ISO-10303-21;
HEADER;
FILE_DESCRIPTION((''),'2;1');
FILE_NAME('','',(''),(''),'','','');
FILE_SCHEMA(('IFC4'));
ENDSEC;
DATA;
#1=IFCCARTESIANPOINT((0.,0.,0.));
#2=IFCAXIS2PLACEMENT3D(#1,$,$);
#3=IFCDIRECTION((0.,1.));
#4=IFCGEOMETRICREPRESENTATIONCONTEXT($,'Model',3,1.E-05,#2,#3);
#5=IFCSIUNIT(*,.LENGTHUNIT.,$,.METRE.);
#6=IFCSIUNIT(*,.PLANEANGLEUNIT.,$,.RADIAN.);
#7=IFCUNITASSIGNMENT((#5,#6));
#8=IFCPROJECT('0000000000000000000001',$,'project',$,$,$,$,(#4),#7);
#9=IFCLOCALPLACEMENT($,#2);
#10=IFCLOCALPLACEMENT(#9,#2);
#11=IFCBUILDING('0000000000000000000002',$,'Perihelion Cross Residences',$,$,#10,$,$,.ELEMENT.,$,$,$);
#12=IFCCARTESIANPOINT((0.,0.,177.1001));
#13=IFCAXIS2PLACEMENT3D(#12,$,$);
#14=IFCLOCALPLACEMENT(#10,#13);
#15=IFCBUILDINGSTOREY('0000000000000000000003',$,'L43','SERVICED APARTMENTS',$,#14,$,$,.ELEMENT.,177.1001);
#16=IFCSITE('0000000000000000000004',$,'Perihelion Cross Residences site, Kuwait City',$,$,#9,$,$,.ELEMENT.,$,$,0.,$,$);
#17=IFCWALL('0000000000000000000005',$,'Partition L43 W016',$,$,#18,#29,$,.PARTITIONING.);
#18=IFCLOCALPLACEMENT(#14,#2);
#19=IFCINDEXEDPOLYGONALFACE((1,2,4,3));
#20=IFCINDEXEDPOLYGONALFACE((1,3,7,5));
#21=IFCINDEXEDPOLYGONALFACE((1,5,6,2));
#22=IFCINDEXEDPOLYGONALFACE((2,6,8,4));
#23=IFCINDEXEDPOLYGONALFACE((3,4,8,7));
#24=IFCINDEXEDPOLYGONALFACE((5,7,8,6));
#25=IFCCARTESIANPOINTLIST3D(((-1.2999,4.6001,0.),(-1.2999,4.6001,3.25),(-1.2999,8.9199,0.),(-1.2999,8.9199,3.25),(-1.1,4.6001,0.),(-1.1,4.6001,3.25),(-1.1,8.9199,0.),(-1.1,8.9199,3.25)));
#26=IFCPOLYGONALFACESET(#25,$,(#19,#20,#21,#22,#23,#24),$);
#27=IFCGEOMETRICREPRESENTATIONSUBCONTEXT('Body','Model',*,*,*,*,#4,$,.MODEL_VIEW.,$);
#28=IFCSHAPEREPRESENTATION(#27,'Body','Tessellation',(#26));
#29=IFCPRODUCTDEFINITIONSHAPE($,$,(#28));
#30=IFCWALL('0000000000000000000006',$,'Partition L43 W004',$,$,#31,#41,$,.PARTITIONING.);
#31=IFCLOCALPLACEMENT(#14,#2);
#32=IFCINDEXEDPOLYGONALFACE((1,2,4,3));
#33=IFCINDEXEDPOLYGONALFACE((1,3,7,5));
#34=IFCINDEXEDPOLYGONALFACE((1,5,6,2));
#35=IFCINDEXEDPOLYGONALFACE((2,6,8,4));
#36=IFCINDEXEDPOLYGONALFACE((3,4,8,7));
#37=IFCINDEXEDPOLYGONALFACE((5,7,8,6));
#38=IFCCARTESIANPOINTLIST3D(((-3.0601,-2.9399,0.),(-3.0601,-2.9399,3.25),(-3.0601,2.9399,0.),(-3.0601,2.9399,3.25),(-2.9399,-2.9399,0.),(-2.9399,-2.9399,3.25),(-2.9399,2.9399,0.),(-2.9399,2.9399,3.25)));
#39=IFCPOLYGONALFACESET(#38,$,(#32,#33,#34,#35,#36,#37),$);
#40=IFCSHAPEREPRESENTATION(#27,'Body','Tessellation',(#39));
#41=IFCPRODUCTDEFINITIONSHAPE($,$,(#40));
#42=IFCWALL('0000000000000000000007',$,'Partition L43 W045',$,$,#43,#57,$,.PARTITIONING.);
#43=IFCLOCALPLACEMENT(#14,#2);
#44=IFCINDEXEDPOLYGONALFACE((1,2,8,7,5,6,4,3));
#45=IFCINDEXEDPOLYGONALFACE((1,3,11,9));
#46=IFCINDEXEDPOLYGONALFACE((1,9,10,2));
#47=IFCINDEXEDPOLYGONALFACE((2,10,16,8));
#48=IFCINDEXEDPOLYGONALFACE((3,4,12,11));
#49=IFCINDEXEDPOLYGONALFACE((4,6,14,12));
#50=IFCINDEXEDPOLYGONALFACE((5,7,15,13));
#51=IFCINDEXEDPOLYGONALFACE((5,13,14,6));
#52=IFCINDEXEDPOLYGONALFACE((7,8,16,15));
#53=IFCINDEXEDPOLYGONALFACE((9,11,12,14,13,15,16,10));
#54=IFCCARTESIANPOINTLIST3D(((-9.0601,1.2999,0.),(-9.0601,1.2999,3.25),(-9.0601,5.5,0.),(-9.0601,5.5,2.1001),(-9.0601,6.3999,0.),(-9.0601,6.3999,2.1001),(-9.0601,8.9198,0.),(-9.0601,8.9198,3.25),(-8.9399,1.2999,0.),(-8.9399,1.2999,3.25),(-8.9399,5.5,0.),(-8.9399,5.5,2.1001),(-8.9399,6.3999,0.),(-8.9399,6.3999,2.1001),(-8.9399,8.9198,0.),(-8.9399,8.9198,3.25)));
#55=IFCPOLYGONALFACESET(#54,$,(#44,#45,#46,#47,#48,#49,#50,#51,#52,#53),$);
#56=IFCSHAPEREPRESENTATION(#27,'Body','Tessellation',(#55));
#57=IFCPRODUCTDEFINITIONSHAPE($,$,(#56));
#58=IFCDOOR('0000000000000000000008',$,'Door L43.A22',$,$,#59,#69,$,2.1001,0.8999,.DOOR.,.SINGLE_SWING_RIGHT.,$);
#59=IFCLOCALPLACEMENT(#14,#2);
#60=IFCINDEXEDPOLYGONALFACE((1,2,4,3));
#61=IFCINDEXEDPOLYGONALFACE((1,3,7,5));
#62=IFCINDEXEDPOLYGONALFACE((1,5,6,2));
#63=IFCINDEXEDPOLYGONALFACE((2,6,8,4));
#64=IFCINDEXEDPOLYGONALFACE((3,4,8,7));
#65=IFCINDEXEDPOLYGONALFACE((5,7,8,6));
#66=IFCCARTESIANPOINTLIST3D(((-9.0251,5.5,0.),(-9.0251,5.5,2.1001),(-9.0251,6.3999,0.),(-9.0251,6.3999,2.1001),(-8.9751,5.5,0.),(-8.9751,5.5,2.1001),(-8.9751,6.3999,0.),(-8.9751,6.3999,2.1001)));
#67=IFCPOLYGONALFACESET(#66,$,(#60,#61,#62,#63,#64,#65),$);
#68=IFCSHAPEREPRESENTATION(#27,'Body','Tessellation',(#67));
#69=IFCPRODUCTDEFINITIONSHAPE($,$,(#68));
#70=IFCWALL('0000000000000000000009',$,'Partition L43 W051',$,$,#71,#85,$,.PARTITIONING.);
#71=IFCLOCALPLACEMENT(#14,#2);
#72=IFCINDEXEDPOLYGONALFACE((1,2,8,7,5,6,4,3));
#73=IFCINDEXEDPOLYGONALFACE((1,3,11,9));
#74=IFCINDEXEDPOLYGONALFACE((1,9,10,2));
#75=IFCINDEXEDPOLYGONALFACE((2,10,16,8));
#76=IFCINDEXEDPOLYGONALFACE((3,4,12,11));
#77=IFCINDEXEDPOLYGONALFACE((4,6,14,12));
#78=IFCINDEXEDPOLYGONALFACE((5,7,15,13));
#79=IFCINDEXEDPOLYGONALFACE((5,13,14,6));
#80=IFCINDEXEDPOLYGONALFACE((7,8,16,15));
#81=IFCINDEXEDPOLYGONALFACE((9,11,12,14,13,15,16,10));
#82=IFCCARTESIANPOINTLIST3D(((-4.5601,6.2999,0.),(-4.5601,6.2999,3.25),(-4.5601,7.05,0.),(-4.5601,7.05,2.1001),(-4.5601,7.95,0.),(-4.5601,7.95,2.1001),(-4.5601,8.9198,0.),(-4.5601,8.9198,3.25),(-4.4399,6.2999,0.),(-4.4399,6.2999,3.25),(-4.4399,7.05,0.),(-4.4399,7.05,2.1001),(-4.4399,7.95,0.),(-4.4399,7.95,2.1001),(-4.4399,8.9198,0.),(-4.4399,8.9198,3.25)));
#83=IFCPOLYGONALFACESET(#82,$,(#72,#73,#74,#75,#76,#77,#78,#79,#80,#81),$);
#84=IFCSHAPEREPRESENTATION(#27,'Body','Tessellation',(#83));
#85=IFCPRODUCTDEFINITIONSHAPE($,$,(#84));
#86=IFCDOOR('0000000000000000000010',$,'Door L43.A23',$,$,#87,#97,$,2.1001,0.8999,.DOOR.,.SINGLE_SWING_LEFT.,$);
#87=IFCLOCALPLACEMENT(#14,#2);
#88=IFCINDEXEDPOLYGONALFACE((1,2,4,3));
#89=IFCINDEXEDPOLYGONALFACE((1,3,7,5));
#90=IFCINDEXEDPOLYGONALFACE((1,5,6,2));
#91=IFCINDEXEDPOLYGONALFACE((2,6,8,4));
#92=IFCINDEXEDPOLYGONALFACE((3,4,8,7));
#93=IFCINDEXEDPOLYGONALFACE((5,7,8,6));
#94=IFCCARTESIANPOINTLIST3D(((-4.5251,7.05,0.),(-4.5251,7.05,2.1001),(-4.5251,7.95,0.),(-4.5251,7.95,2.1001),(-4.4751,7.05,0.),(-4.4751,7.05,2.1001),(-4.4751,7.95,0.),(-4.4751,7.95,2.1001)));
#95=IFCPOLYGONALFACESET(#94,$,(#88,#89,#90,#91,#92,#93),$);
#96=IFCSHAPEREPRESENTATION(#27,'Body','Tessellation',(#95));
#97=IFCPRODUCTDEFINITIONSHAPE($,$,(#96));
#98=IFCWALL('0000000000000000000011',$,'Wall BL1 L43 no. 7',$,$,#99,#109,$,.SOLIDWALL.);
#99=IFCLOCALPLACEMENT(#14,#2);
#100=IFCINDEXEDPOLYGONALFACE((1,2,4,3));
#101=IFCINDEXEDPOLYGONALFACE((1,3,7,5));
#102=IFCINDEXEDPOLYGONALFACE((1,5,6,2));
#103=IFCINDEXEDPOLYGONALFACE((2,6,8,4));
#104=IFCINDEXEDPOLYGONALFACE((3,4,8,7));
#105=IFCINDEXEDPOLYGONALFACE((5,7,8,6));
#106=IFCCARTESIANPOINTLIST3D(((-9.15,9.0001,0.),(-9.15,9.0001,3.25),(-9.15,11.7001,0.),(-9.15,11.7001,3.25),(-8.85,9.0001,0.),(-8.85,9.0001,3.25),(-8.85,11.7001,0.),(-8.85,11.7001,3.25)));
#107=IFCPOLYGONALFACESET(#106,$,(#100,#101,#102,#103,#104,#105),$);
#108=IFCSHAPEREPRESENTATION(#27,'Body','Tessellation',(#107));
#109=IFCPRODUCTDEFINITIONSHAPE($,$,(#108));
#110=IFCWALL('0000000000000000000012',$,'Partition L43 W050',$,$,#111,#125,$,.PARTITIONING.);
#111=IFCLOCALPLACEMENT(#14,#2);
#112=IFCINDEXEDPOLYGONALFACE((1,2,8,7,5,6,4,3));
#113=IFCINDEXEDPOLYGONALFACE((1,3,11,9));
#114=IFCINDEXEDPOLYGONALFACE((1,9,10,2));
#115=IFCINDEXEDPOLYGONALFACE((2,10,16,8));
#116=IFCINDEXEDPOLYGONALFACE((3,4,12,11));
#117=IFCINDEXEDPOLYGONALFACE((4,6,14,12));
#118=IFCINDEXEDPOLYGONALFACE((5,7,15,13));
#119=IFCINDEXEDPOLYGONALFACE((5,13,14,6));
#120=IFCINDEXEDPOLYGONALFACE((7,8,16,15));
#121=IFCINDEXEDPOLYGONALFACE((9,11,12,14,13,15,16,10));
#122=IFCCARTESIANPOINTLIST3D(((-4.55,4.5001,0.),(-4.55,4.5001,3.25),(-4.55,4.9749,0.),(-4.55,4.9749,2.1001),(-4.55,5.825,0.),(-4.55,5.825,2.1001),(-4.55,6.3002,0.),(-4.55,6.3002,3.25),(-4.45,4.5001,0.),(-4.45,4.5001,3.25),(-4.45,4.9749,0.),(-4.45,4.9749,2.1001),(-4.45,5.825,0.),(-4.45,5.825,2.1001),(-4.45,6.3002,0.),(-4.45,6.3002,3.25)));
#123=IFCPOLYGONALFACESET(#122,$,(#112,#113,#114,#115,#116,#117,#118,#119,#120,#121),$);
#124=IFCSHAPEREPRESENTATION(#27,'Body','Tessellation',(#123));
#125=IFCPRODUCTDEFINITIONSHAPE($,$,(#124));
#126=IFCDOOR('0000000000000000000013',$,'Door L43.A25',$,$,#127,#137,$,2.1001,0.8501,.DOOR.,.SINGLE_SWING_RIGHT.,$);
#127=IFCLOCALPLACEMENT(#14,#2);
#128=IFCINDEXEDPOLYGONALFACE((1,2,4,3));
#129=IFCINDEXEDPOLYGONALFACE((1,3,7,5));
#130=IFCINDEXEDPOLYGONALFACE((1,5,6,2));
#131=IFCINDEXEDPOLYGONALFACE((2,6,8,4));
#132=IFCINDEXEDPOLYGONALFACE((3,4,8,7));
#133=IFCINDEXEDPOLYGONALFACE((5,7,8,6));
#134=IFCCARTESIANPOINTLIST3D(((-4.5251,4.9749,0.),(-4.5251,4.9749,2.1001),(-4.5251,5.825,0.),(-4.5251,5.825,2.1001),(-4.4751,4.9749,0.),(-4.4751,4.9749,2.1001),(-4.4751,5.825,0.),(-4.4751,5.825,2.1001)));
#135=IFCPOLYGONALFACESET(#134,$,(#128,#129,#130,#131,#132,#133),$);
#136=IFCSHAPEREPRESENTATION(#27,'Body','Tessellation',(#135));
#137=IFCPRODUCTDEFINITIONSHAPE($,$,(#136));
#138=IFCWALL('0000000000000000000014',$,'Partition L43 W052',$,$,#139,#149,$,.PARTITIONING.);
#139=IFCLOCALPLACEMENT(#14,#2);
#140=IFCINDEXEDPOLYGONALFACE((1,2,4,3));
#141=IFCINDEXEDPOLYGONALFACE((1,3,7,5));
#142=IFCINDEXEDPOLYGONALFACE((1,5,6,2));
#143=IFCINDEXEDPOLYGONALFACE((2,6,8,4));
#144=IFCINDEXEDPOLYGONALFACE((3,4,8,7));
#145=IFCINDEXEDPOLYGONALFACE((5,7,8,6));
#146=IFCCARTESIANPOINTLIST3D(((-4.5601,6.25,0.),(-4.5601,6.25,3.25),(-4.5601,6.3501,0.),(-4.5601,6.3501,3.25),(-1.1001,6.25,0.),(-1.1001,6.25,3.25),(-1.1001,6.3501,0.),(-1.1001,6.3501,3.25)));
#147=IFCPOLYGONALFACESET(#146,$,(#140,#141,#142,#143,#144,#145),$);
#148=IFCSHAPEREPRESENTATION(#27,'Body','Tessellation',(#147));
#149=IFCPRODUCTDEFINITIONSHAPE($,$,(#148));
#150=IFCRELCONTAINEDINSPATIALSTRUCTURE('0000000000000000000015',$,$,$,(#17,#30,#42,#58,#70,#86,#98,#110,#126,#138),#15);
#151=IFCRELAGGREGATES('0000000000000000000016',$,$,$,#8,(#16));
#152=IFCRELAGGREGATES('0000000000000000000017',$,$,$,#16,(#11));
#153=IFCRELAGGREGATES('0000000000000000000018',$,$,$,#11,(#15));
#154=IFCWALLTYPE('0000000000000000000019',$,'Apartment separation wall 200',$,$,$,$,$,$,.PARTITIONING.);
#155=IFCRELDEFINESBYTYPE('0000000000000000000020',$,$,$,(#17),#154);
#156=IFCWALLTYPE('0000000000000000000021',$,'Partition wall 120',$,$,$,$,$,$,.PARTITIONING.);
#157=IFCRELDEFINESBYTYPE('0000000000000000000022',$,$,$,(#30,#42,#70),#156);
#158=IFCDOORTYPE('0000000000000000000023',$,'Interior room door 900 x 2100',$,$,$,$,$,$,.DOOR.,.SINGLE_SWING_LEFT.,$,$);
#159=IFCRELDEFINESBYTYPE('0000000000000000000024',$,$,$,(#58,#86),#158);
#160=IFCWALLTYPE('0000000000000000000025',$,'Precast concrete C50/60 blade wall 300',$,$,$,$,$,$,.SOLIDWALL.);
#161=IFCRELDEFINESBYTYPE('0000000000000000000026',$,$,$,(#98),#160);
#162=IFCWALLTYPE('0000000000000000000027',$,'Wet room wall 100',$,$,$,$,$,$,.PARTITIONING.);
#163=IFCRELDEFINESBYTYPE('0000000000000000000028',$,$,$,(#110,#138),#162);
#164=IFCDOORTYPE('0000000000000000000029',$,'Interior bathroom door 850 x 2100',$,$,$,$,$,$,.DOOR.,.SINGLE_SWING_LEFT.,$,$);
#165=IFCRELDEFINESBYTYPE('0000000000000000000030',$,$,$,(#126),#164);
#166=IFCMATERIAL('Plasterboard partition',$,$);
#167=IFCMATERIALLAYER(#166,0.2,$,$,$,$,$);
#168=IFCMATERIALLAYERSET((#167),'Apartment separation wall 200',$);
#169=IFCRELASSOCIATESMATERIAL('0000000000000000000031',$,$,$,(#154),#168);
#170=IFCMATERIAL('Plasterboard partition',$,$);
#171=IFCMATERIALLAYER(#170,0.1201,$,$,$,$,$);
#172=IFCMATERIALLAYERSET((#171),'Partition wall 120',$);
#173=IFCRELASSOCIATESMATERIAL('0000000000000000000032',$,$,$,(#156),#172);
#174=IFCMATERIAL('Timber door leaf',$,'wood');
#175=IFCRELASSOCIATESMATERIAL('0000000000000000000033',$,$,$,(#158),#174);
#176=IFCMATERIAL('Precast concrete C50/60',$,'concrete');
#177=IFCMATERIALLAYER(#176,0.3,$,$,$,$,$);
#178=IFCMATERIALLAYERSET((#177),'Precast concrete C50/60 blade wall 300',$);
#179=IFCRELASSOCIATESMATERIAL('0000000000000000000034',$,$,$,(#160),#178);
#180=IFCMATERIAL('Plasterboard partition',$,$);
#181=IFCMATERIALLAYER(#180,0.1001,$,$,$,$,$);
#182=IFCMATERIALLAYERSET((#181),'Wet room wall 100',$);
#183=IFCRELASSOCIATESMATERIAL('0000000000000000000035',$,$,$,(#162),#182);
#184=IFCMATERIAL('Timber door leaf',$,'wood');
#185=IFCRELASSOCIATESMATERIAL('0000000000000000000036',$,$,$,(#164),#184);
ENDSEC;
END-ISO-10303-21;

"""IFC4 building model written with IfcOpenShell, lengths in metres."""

from ifc_helpers import new_model, si_unit, direction, frame, frame_2d, origin, place, context, subcontext, project, spatial, rectangle, extrude, material, layer, layer_set, type_object, element, fill, save


model = new_model("IFC4")

# Units and contexts
model_context = context("Model", 3, precision=1e-05, world=origin(), true_north=direction((0.0, 1.0)))
body_context = subcontext(model_context, "Body", "Model", "MODEL_VIEW")
ifc_project = project(units=[si_unit("LENGTHUNIT", "METRE"), si_unit("PLANEANGLEUNIT", "RADIAN")], contexts=[model_context])

# Site, building, storey
site_placement = place(None, origin())
site = spatial("IfcSite", under=ifc_project, at=site_placement, Name="Perihelion Cross Residences site, Kuwait City", CompositionType="ELEMENT", RefElevation=0.0)
building_placement = place(site_placement, origin())
building = spatial("IfcBuilding", under=site, at=building_placement, Name="Perihelion Cross Residences", CompositionType="ELEMENT")
storey_placement = place(building_placement, frame((0.0, 0.0, 177.1001)))
storey = spatial("IfcBuildingStorey", under=building, at=storey_placement, Name="L43", Description="SERVICED APARTMENTS", CompositionType="ELEMENT", Elevation=177.1001)

# Wall
ifc_material_1 = material(Name="Plasterboard partition")
ifc_layer_1 = layer(ifc_material_1, 0.2)
ifc_layer_set_1 = layer_set([ifc_layer_1], Name="Apartment separation wall 200")
wall_type_1 = type_object("IfcWallType", Name="Apartment separation wall 200", PredefinedType="PARTITIONING", material=ifc_layer_set_1)
wall_1_placement = place(storey_placement, frame((-1.2, 4.6001, 0.0), z_axis=(0.0, 0.0, 1.0), x_axis=(0.0, 1.0, 0.0)))
element("IfcWall", 1, at=wall_1_placement, inside=storey, type_object=wall_type_1, Name="Partition L43 W016", PredefinedType="PARTITIONING", context=body_context, shape_type="SweptSolid", body=[
    extrude(rectangle(XDim=4.3198, YDim=0.2, at=frame_2d((2.1599, 0.0))), origin(), (0.0, 0.0, 1.0), 3.25),
])

# Wall
ifc_material_2 = material(Name="Plasterboard partition")
ifc_layer_2 = layer(ifc_material_2, 0.1201)
ifc_layer_set_2 = layer_set([ifc_layer_2], Name="Partition wall 120")
wall_type_2 = type_object("IfcWallType", Name="Partition wall 120", PredefinedType="PARTITIONING", material=ifc_layer_set_2)
wall_2_placement = place(storey_placement, frame((-3.0, 2.9399, 0.0), z_axis=(0.0, 0.0, 1.0), x_axis=(0.0, -1.0, 0.0)))
element("IfcWall", 2, at=wall_2_placement, inside=storey, type_object=wall_type_2, Name="Partition L43 W004", PredefinedType="PARTITIONING", context=body_context, shape_type="SweptSolid", body=[
    extrude(rectangle(XDim=5.8799, YDim=0.1201, at=frame_2d((2.9399, 0.0))), origin(), (0.0, 0.0, 1.0), 3.25),
])

# Walls, openings, doors
wall_3_placement = place(storey_placement, frame((-9.0, 8.9199, 0.0), z_axis=(0.0, 0.0, 1.0), x_axis=(0.0, -1.0, 0.0)))
wall_3 = element("IfcWall", 3, at=wall_3_placement, inside=storey, type_object=wall_type_2, Name="Partition L43 W045", PredefinedType="PARTITIONING", context=body_context, shape_type="SweptSolid", body=[
    extrude(rectangle(XDim=7.6199, YDim=0.1201, at=frame_2d((3.8101, 0.0))), origin(), (0.0, 0.0, 1.0), 3.25),
])
opening_1_placement = place(wall_3_placement, frame((2.52, 0.0, 0.0)))
opening_1 = element("IfcOpeningElement", 4, at=opening_1_placement, cuts=wall_3, PredefinedType="OPENING", context=body_context, shape_type="SweptSolid", body=[
    extrude(rectangle(XDim=0.8999, YDim=2.1001, at=frame_2d((0.45, 1.05))), frame((0.0, 0.0701, 0.0), z_axis=(0.0, -1.0, 0.0), x_axis=(1.0, 0.0, 0.0)), (0.0, 0.0, 1.0), 0.1401),
])
ifc_material_3 = material(Name="Timber door leaf", Category="wood")
door_type_1 = type_object("IfcDoorType", Name="Interior room door 900 x 2100", OperationType="SINGLE_SWING_LEFT", PredefinedType="DOOR", material=ifc_material_3)
door_1_placement = place(opening_1_placement, origin())
door_1 = element("IfcDoor", 5, at=door_1_placement, inside=storey, type_object=door_type_1, Name="Door L43.A22", OperationType="SINGLE_SWING_RIGHT", OverallHeight=2.1001, OverallWidth=0.8999, PredefinedType="DOOR", context=body_context, shape_type="SweptSolid", body=[
    extrude(rectangle(XDim=0.8999, YDim=2.1001, at=frame_2d((0.45, 1.05))), frame((0.0, 0.0249, 0.0), z_axis=(0.0, -1.0, 0.0), x_axis=(1.0, 0.0, 0.0)), (0.0, 0.0, 1.0), 0.05),
])
fill(opening_1, door_1)
wall_4_placement = place(storey_placement, frame((-4.5, 8.9199, 0.0), z_axis=(0.0, 0.0, 1.0), x_axis=(0.0, -1.0, 0.0)))
wall_4 = element("IfcWall", 6, at=wall_4_placement, inside=storey, type_object=wall_type_2, Name="Partition L43 W051", PredefinedType="PARTITIONING", context=body_context, shape_type="SweptSolid", body=[
    extrude(rectangle(XDim=2.6199, YDim=0.1201, at=frame_2d((1.3101, 0.0))), origin(), (0.0, 0.0, 1.0), 3.25),
])
opening_2_placement = place(wall_4_placement, frame((0.97, 0.0, 0.0)))
opening_2 = element("IfcOpeningElement", 7, at=opening_2_placement, cuts=wall_4, PredefinedType="OPENING", context=body_context, shape_type="SweptSolid", body=[
    extrude(rectangle(XDim=0.8999, YDim=2.1001, at=frame_2d((0.45, 1.05))), frame((0.0, 0.0701, 0.0), z_axis=(0.0, -1.0, 0.0), x_axis=(1.0, 0.0, 0.0)), (0.0, 0.0, 1.0), 0.1401),
])
door_2_placement = place(opening_2_placement, origin())
door_2 = element("IfcDoor", 8, at=door_2_placement, inside=storey, type_object=door_type_1, Name="Door L43.A23", OperationType="SINGLE_SWING_LEFT", OverallHeight=2.1001, OverallWidth=0.8999, PredefinedType="DOOR", context=body_context, shape_type="SweptSolid", body=[
    extrude(rectangle(XDim=0.8999, YDim=2.1001, at=frame_2d((0.45, 1.05))), frame((0.0, 0.0249, 0.0), z_axis=(0.0, -1.0, 0.0), x_axis=(1.0, 0.0, 0.0)), (0.0, 0.0, 1.0), 0.05),
])
fill(opening_2, door_2)

# Wall
ifc_material_4 = material(Name="Precast concrete C50/60", Category="concrete")
ifc_layer_3 = layer(ifc_material_4, 0.3)
ifc_layer_set_3 = layer_set([ifc_layer_3], Name="Precast concrete C50/60 blade wall 300")
wall_type_3 = type_object("IfcWallType", Name="Precast concrete C50/60 blade wall 300", PredefinedType="SOLIDWALL", material=ifc_layer_set_3)
wall_5_placement = place(storey_placement, frame((-9.0, 9.0, 0.0), z_axis=(0.0, 0.0, 1.0), x_axis=(0.0, 1.0, 0.0)))
element("IfcWall", 9, at=wall_5_placement, inside=storey, type_object=wall_type_3, Name="Wall BL1 L43 no. 7", PredefinedType="SOLIDWALL", context=body_context, shape_type="SweptSolid", body=[
    extrude(rectangle(XDim=2.7, YDim=0.3, at=frame_2d((1.3501, 0.0))), origin(), (0.0, 0.0, 1.0), 3.25),
])

# Wall, opening, door
ifc_material_5 = material(Name="Plasterboard partition")
ifc_layer_4 = layer(ifc_material_5, 0.1001)
ifc_layer_set_4 = layer_set([ifc_layer_4], Name="Wet room wall 100")
wall_type_4 = type_object("IfcWallType", Name="Wet room wall 100", PredefinedType="PARTITIONING", material=ifc_layer_set_4)
wall_6_placement = place(storey_placement, frame((-4.5, 6.3, 0.0), z_axis=(0.0, 0.0, 1.0), x_axis=(0.0, -1.0, 0.0)))
wall_6 = element("IfcWall", 10, at=wall_6_placement, inside=storey, type_object=wall_type_4, Name="Partition L43 W050", PredefinedType="PARTITIONING", context=body_context, shape_type="SweptSolid", body=[
    extrude(rectangle(XDim=1.8, YDim=0.1001, at=frame_2d((0.8999, 0.0))), origin(), (0.0, 0.0, 1.0), 3.25),
])
opening_3_placement = place(wall_6_placement, frame((0.4751, 0.0, 0.0)))
opening_3 = element("IfcOpeningElement", 11, at=opening_3_placement, cuts=wall_6, PredefinedType="OPENING", context=body_context, shape_type="SweptSolid", body=[
    extrude(rectangle(XDim=0.8501, YDim=2.1001, at=frame_2d((0.425, 1.05))), frame((0.0, 0.0601, 0.0), z_axis=(0.0, -1.0, 0.0), x_axis=(1.0, 0.0, 0.0)), (0.0, 0.0, 1.0), 0.1201),
])
ifc_material_6 = material(Name="Timber door leaf", Category="wood")
door_type_2 = type_object("IfcDoorType", Name="Interior bathroom door 850 x 2100", OperationType="SINGLE_SWING_LEFT", PredefinedType="DOOR", material=ifc_material_6)
door_3_placement = place(opening_3_placement, origin())
door_3 = element("IfcDoor", 12, at=door_3_placement, inside=storey, type_object=door_type_2, Name="Door L43.A25", OperationType="SINGLE_SWING_RIGHT", OverallHeight=2.1001, OverallWidth=0.8501, PredefinedType="DOOR", context=body_context, shape_type="SweptSolid", body=[
    extrude(rectangle(XDim=0.8501, YDim=2.1001, at=frame_2d((0.425, 1.05))), frame((0.0, 0.0249, 0.0), z_axis=(0.0, -1.0, 0.0), x_axis=(1.0, 0.0, 0.0)), (0.0, 0.0, 1.0), 0.05),
])
fill(opening_3, door_3)

# Wall
wall_7_placement = place(storey_placement, frame((-4.5601, 6.3, 0.0), z_axis=(0.0, 0.0, 1.0), x_axis=(1.0, 0.0, 0.0)))
element("IfcWall", 13, at=wall_7_placement, inside=storey, type_object=wall_type_4, Name="Partition L43 W052", PredefinedType="PARTITIONING", context=body_context, shape_type="SweptSolid", body=[
    extrude(rectangle(XDim=3.46, YDim=0.1001, at=frame_2d((1.73, 0.0))), origin(), (0.0, 0.0, 1.0), 3.25),
])

save(model, "model.ifc")
